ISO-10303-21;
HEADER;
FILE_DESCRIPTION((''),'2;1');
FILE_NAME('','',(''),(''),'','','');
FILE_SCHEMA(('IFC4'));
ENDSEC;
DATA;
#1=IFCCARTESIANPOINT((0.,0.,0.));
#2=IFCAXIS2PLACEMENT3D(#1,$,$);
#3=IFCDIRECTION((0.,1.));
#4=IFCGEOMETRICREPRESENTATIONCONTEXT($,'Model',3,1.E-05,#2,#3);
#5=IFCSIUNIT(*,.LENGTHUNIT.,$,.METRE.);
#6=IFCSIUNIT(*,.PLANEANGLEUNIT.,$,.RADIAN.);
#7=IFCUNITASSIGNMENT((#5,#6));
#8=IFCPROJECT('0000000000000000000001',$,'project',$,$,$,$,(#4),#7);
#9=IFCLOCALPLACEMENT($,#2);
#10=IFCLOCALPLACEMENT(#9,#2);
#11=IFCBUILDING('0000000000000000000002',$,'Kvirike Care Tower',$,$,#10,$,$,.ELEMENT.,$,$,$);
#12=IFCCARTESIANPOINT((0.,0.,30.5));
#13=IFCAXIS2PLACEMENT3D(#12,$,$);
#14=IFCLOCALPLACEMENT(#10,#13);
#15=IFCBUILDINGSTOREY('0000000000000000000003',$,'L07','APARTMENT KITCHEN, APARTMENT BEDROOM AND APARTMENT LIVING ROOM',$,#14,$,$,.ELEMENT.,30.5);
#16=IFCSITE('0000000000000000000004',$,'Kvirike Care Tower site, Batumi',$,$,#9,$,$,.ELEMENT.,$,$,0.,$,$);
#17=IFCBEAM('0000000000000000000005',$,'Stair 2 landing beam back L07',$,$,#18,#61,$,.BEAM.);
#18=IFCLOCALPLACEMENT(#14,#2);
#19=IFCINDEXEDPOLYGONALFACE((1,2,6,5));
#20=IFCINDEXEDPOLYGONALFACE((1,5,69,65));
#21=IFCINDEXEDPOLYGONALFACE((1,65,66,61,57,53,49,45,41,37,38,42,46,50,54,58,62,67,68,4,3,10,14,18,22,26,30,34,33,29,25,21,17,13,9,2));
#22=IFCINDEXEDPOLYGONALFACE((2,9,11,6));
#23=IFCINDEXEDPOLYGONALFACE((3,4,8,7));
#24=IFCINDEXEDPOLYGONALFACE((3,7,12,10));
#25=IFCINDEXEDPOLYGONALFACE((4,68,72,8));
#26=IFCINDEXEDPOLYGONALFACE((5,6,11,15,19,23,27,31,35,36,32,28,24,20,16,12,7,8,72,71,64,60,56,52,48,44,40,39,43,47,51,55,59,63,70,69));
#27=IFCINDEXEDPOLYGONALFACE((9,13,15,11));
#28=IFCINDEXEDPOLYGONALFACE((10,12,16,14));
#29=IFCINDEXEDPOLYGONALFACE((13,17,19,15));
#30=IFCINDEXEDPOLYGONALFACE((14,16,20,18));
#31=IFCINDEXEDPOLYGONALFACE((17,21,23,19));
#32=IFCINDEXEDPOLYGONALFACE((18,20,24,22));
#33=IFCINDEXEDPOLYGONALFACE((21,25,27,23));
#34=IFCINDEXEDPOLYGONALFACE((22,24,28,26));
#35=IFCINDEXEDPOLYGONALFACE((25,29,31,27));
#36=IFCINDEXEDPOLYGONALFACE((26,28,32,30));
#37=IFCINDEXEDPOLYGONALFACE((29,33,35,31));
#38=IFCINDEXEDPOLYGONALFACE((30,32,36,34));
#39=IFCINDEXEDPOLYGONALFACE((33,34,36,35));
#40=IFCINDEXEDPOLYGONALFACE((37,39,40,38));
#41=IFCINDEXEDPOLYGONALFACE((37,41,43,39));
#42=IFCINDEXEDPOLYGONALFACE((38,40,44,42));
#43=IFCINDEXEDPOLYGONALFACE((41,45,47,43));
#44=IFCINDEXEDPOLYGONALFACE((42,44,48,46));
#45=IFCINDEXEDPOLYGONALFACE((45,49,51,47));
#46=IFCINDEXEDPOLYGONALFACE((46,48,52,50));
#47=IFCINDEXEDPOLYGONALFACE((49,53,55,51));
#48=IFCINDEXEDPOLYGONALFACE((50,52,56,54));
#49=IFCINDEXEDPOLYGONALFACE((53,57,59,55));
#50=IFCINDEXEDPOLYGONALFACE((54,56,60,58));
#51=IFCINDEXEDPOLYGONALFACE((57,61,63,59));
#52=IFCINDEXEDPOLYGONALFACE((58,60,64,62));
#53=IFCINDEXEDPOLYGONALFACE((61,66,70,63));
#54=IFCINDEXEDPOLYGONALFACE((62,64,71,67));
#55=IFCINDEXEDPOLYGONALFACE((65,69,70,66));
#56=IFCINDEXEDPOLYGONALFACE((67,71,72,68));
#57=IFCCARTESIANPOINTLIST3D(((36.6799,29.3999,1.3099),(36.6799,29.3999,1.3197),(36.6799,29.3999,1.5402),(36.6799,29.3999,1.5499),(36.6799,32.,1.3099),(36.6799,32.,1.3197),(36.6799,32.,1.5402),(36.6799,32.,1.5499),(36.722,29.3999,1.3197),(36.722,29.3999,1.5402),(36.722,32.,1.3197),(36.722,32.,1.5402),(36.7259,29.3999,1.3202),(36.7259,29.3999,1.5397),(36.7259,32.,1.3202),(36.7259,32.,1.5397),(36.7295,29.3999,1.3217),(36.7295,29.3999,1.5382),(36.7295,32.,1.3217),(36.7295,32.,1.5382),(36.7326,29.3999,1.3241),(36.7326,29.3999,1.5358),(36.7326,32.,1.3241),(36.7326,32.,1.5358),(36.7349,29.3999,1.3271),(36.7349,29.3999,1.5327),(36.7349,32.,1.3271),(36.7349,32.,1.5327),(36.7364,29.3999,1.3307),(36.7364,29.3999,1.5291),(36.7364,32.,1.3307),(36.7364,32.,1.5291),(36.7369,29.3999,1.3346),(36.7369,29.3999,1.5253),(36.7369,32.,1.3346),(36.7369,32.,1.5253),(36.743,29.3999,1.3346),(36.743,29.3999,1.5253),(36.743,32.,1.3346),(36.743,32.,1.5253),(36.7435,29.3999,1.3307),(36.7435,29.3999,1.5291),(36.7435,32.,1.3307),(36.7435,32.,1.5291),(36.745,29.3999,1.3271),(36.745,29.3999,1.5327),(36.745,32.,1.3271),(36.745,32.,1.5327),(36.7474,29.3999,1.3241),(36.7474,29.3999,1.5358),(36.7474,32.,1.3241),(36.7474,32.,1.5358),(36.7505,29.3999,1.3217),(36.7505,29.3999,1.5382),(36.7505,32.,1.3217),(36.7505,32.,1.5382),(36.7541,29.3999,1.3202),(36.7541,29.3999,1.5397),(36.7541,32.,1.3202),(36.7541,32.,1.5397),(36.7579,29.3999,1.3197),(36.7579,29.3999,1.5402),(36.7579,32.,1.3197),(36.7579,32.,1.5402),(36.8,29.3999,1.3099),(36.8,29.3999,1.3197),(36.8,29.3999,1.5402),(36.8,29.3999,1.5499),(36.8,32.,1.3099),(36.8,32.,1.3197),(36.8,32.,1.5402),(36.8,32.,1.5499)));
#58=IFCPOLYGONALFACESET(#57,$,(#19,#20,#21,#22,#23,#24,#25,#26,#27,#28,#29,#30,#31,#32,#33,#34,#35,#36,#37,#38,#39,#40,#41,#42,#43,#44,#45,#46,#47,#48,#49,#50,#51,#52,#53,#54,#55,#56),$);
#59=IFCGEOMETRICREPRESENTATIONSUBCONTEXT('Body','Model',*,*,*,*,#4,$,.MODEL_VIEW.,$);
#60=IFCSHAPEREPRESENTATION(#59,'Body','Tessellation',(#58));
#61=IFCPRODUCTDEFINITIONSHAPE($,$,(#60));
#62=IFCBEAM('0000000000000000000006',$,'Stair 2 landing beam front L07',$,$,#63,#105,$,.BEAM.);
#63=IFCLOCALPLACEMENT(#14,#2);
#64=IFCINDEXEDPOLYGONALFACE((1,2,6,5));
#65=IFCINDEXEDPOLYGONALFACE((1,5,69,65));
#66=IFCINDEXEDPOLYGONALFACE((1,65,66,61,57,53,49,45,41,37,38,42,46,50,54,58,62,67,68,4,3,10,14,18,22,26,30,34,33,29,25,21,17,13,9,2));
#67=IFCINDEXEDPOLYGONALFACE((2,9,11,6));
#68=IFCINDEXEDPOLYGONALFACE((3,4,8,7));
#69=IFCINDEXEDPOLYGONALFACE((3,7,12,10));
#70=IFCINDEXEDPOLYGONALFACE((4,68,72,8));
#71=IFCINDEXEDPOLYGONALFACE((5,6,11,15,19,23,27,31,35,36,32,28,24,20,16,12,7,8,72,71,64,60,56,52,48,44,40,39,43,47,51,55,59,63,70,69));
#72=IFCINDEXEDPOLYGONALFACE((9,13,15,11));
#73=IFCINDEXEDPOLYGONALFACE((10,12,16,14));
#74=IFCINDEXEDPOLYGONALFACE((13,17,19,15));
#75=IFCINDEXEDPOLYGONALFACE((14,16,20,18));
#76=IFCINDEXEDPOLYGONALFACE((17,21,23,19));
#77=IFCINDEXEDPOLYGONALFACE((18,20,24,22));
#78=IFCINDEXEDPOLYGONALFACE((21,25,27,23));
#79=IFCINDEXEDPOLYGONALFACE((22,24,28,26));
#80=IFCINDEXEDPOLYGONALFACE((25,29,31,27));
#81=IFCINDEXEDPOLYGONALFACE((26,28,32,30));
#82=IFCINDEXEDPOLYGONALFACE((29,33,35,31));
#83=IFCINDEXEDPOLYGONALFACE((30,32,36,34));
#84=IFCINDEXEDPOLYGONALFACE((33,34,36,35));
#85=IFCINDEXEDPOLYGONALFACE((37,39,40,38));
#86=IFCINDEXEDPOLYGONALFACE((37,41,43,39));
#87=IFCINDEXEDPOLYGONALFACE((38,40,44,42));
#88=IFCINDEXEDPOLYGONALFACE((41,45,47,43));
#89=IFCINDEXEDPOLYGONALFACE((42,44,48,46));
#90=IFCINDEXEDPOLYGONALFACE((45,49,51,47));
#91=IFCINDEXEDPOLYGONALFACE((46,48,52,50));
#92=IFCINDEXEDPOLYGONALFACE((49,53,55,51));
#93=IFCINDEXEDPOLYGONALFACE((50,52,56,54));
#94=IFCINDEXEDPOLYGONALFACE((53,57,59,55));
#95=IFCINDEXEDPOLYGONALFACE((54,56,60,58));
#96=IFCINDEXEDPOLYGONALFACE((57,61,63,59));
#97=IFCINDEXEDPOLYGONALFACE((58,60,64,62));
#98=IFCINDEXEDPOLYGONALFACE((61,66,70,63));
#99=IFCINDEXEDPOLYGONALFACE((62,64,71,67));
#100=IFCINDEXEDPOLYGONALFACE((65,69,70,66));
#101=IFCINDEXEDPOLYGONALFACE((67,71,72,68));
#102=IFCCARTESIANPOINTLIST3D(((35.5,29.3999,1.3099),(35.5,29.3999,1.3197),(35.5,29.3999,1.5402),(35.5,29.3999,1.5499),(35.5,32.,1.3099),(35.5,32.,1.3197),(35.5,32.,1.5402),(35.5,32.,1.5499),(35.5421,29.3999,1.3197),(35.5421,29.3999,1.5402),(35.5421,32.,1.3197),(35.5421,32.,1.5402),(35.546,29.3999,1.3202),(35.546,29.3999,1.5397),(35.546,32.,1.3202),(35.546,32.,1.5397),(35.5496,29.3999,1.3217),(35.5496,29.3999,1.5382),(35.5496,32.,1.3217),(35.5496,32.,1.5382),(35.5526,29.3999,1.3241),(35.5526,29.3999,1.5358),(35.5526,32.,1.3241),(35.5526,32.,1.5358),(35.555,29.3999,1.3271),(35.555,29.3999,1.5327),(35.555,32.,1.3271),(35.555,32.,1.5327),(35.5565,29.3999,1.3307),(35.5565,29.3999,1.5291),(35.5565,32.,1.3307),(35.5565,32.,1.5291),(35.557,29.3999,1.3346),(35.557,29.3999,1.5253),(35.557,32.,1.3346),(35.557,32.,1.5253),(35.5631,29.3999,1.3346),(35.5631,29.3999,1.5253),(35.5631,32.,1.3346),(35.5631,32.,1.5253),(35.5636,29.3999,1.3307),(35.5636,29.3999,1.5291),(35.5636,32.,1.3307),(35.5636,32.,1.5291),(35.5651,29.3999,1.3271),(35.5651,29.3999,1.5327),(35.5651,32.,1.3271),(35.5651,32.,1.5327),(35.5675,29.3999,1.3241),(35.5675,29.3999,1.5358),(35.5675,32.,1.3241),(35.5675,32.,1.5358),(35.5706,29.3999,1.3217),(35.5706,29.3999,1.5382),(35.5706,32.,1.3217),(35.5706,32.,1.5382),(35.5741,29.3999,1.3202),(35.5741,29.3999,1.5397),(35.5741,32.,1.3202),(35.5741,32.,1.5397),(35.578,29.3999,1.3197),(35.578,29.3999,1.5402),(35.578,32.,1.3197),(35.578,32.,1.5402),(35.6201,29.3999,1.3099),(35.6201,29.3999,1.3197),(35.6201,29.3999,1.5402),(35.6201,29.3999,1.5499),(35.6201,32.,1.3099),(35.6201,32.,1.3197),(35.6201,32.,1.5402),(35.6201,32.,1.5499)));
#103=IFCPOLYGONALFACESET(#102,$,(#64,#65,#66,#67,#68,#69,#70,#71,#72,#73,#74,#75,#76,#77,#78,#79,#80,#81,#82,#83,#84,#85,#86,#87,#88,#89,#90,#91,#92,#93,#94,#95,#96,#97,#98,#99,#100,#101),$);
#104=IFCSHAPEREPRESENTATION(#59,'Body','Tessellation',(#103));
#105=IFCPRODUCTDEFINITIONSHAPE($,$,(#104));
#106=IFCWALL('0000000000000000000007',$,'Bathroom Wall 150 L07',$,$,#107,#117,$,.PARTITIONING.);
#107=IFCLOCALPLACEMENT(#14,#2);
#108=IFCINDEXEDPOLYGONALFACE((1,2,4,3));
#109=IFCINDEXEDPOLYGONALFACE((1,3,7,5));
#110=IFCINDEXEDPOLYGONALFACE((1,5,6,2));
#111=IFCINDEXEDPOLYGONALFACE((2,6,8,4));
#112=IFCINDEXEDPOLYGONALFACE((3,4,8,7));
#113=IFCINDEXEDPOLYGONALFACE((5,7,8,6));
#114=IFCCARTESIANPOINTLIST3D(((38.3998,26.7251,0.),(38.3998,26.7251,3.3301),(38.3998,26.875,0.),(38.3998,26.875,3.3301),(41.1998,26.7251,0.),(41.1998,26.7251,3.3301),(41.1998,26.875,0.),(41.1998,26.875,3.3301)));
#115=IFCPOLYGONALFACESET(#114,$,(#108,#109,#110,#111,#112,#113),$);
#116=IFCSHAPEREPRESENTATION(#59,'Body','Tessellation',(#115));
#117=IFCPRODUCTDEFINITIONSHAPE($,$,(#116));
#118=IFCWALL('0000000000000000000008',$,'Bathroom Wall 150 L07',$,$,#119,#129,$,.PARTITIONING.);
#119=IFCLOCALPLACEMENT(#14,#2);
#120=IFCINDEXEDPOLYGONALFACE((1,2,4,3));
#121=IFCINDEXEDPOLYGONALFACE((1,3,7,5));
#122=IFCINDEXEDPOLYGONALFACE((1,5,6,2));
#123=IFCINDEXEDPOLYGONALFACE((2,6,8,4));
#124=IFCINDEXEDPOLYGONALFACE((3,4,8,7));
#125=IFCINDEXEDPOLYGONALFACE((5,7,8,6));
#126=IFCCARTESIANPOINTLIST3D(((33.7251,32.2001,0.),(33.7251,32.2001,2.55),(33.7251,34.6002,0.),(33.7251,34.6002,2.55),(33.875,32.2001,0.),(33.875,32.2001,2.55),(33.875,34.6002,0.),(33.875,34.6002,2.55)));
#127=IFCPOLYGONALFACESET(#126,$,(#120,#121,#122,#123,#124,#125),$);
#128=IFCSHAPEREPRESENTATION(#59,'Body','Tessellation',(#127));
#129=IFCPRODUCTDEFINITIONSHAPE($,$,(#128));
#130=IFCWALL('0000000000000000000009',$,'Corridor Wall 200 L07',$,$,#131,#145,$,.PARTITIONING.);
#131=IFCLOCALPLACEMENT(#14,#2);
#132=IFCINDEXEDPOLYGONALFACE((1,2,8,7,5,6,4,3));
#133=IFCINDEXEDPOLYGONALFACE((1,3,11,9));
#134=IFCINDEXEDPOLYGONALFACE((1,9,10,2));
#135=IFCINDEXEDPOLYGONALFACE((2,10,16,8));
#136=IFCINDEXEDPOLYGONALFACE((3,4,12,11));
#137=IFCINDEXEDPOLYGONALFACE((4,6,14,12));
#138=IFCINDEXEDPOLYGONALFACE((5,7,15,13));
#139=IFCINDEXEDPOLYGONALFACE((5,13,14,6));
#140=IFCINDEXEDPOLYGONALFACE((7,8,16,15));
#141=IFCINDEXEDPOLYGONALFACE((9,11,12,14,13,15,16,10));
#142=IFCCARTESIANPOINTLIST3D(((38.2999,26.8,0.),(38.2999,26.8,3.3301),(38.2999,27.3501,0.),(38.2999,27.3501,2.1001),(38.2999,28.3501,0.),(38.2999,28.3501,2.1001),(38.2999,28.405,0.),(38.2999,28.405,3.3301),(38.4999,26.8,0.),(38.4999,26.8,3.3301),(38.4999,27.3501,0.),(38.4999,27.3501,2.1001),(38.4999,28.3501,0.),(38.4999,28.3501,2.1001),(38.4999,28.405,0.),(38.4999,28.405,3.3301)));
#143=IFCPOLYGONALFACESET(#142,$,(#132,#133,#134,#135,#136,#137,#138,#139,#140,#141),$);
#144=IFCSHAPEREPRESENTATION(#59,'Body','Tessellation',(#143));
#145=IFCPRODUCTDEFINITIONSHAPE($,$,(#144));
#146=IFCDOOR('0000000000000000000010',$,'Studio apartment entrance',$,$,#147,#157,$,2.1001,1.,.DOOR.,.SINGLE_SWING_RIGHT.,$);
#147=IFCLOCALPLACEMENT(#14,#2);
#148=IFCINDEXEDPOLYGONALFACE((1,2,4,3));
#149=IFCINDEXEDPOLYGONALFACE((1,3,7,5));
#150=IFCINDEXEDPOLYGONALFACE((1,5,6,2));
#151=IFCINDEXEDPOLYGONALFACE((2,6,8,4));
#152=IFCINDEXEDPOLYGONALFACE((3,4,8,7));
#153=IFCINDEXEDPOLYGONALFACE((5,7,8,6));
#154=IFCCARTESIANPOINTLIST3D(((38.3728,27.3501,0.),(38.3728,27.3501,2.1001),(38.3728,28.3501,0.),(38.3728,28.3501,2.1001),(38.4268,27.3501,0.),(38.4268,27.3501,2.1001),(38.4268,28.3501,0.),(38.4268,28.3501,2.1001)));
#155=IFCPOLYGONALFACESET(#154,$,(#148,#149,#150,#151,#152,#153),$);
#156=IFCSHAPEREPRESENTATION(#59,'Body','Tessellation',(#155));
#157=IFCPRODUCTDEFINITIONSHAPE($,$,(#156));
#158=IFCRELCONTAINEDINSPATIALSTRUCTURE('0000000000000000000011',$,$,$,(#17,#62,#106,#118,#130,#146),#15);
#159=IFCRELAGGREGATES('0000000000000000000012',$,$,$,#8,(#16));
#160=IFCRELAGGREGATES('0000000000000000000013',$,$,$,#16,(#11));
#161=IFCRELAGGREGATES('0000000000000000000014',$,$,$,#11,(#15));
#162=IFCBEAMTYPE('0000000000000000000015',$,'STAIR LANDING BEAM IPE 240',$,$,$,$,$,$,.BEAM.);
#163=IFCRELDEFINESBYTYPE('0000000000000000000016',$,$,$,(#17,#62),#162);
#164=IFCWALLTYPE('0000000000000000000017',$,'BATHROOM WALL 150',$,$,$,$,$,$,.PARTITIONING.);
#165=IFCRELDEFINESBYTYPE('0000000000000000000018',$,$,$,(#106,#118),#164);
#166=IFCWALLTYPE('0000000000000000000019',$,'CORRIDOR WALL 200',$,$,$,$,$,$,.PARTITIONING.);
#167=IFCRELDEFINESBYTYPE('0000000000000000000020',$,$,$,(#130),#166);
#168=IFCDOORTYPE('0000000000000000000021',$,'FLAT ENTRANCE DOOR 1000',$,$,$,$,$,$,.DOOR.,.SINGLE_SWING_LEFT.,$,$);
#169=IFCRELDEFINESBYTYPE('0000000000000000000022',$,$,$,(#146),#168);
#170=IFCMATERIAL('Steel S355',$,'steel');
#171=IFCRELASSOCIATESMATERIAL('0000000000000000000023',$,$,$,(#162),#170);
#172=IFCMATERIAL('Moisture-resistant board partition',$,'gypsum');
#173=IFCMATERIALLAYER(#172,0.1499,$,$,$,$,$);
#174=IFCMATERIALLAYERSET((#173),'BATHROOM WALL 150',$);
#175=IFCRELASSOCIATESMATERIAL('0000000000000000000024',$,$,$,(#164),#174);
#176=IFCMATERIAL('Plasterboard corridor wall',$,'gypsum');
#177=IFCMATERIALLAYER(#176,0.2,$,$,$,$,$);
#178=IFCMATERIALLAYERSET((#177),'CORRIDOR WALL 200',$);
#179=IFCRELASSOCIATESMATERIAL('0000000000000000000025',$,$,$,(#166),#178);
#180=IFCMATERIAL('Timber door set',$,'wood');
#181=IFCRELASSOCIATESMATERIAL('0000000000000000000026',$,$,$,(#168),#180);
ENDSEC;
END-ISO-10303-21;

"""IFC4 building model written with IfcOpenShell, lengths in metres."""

from ifc_helpers import new_model, si_unit, direction, frame, frame_2d, origin, origin_2d, place, context, subcontext, project, spatial, rectangle, i_section, extrude, material, layer, layer_set, material_profile, profile_set, type_object, element, fill, save


model = new_model("IFC4")

# Units and contexts
model_context = context("Model", 3, precision=1e-05, world=origin(), true_north=direction((0.0, 1.0)))
body_context = subcontext(model_context, "Body", "Model", "MODEL_VIEW")
ifc_project = project(units=[si_unit("LENGTHUNIT", "METRE"), si_unit("PLANEANGLEUNIT", "RADIAN")], contexts=[model_context])

# Site, building, storey
site_placement = place(None, origin())
site = spatial("IfcSite", under=ifc_project, at=site_placement, Name="Kvirike Care Tower site, Batumi", CompositionType="ELEMENT", RefElevation=0.0)
building_placement = place(site_placement, origin())
building = spatial("IfcBuilding", under=site, at=building_placement, Name="Kvirike Care Tower", CompositionType="ELEMENT")
storey_placement = place(building_placement, frame((0.0, 0.0, 30.5)))
storey = spatial("IfcBuildingStorey", under=building, at=storey_placement, Name="L07", Description="APARTMENT KITCHEN, APARTMENT BEDROOM AND APARTMENT LIVING ROOM", CompositionType="ELEMENT", Elevation=30.5)

# Beams
ifc_material_1 = material(Name="Steel S355", Category="steel")
ifc_material_profile_1 = material_profile(ifc_material_1, i_section(OverallWidth=0.1201, OverallDepth=0.24, WebThickness=0.0061, FlangeThickness=0.0098, FilletRadius=0.0149, at=origin_2d()), Name="IPE 240")
ifc_profile_set_1 = profile_set([ifc_material_profile_1], Name="Steel S355")
beam_type_1 = type_object("IfcBeamType", Name="STAIR LANDING BEAM IPE 240", PredefinedType="BEAM", material=ifc_profile_set_1)
for number, where, z_axis, x_axis, name in (
    (1, (36.74, 29.3999, 1.4299), (0.0, 1.0, 0.0), (-1.0, 0.0, 0.0), "Stair 2 landing beam back L07"),
    (2, (35.5601, 29.3999, 1.4299), (0.0, 1.0, 0.0), (-1.0, 0.0, 0.0), "Stair 2 landing beam front L07"),
):
    element("IfcBeam", number, at=place(storey_placement, frame(where, z_axis=z_axis, x_axis=x_axis)), inside=storey, type_object=beam_type_1, Name=name, PredefinedType="BEAM", context=body_context, shape_type="SweptSolid", body=[
        extrude(i_section(OverallWidth=0.1201, OverallDepth=0.24, WebThickness=0.0061, FlangeThickness=0.0098, FilletRadius=0.0149, at=origin_2d()), origin(), (0.0, 0.0, 1.0), 2.6001),
    ])

# Walls
ifc_material_2 = material(Name="Moisture-resistant board partition", Category="gypsum")
ifc_layer_1 = layer(ifc_material_2, 0.1499)
ifc_layer_set_1 = layer_set([ifc_layer_1], Name="BATHROOM WALL 150")
wall_type_1 = type_object("IfcWallType", Name="BATHROOM WALL 150", PredefinedType="PARTITIONING", material=ifc_layer_set_1)
wall_1_placement = place(storey_placement, frame((38.3999, 26.8, 0.0), z_axis=(0.0, 0.0, 1.0), x_axis=(1.0, 0.0, 0.0)))
element("IfcWall", 3, at=wall_1_placement, inside=storey, type_object=wall_type_1, Name="Bathroom Wall 150 L07", PredefinedType="PARTITIONING", context=body_context, shape_type="SweptSolid", body=[
    extrude(rectangle(XDim=2.8, YDim=0.1499, at=frame_2d((1.3999, 0.0))), origin(), (0.0, 0.0, 1.0), 3.3301),
])
wall_2_placement = place(storey_placement, frame((33.8, 32.2, 0.0), z_axis=(0.0, 0.0, 1.0), x_axis=(0.0, 1.0, 0.0)))
element("IfcWall", 4, at=wall_2_placement, inside=storey, type_object=wall_type_1, Name="Bathroom Wall 150 L07", PredefinedType="PARTITIONING", context=body_context, shape_type="SweptSolid", body=[
    extrude(rectangle(XDim=2.4001, YDim=0.1499, at=frame_2d((1.2002, 0.0))), origin(), (0.0, 0.0, 1.0), 2.55),
])

# Wall, opening, door
ifc_material_3 = material(Name="Plasterboard corridor wall", Category="gypsum")
ifc_layer_2 = layer(ifc_material_3, 0.2)
ifc_layer_set_2 = layer_set([ifc_layer_2], Name="CORRIDOR WALL 200")
wall_type_2 = type_object("IfcWallType", Name="CORRIDOR WALL 200", PredefinedType="PARTITIONING", material=ifc_layer_set_2)
wall_3_placement = place(storey_placement, frame((38.3999, 26.8, 0.0), z_axis=(0.0, 0.0, 1.0), x_axis=(0.0, 1.0, 0.0)))
wall_3 = element("IfcWall", 5, at=wall_3_placement, inside=storey, type_object=wall_type_2, Name="Corridor Wall 200 L07", PredefinedType="PARTITIONING", context=body_context, shape_type="SweptSolid", body=[
    extrude(rectangle(XDim=1.605, YDim=0.2, at=frame_2d((0.8025, 0.0))), origin(), (0.0, 0.0, 1.0), 3.3301),
])
opening_1_placement = place(wall_3_placement, frame((0.55, 0.0, 0.0)))
opening_1 = element("IfcOpeningElement", 6, at=opening_1_placement, cuts=wall_3, PredefinedType="OPENING", context=body_context, shape_type="SweptSolid", body=[
    extrude(rectangle(XDim=1.0, YDim=2.1001, at=frame_2d((0.5, 1.05))), frame((0.0, 0.1106, 0.0), z_axis=(0.0, -1.0, 0.0), x_axis=(1.0, 0.0, 0.0)), (0.0, 0.0, 1.0), 0.2209),
])
ifc_material_4 = material(Name="Timber door set", Category="wood")
door_type_1 = type_object("IfcDoorType", Name="FLAT ENTRANCE DOOR 1000", OperationType="SINGLE_SWING_LEFT", PredefinedType="DOOR", material=ifc_material_4)
door_1_placement = place(opening_1_placement, frame((1.0, 0.0, 0.0), z_axis=(0.0, 0.0, 1.0), x_axis=(-1.0, 0.0, 0.0)))
door_1 = element("IfcDoor", 7, at=door_1_placement, inside=storey, type_object=door_type_1, Name="Studio apartment entrance", OperationType="SINGLE_SWING_RIGHT", OverallHeight=2.1001, OverallWidth=1.0, PredefinedType="DOOR", context=body_context, shape_type="SweptSolid", body=[
    extrude(rectangle(XDim=1.0, YDim=2.1001, at=frame_2d((0.5, 1.05))), frame((0.0, 0.0269, 0.0), z_axis=(0.0, -1.0, 0.0), x_axis=(1.0, 0.0, 0.0)), (0.0, 0.0, 1.0), 0.054),
])
fill(opening_1, door_1)

save(model, "model.ifc")
